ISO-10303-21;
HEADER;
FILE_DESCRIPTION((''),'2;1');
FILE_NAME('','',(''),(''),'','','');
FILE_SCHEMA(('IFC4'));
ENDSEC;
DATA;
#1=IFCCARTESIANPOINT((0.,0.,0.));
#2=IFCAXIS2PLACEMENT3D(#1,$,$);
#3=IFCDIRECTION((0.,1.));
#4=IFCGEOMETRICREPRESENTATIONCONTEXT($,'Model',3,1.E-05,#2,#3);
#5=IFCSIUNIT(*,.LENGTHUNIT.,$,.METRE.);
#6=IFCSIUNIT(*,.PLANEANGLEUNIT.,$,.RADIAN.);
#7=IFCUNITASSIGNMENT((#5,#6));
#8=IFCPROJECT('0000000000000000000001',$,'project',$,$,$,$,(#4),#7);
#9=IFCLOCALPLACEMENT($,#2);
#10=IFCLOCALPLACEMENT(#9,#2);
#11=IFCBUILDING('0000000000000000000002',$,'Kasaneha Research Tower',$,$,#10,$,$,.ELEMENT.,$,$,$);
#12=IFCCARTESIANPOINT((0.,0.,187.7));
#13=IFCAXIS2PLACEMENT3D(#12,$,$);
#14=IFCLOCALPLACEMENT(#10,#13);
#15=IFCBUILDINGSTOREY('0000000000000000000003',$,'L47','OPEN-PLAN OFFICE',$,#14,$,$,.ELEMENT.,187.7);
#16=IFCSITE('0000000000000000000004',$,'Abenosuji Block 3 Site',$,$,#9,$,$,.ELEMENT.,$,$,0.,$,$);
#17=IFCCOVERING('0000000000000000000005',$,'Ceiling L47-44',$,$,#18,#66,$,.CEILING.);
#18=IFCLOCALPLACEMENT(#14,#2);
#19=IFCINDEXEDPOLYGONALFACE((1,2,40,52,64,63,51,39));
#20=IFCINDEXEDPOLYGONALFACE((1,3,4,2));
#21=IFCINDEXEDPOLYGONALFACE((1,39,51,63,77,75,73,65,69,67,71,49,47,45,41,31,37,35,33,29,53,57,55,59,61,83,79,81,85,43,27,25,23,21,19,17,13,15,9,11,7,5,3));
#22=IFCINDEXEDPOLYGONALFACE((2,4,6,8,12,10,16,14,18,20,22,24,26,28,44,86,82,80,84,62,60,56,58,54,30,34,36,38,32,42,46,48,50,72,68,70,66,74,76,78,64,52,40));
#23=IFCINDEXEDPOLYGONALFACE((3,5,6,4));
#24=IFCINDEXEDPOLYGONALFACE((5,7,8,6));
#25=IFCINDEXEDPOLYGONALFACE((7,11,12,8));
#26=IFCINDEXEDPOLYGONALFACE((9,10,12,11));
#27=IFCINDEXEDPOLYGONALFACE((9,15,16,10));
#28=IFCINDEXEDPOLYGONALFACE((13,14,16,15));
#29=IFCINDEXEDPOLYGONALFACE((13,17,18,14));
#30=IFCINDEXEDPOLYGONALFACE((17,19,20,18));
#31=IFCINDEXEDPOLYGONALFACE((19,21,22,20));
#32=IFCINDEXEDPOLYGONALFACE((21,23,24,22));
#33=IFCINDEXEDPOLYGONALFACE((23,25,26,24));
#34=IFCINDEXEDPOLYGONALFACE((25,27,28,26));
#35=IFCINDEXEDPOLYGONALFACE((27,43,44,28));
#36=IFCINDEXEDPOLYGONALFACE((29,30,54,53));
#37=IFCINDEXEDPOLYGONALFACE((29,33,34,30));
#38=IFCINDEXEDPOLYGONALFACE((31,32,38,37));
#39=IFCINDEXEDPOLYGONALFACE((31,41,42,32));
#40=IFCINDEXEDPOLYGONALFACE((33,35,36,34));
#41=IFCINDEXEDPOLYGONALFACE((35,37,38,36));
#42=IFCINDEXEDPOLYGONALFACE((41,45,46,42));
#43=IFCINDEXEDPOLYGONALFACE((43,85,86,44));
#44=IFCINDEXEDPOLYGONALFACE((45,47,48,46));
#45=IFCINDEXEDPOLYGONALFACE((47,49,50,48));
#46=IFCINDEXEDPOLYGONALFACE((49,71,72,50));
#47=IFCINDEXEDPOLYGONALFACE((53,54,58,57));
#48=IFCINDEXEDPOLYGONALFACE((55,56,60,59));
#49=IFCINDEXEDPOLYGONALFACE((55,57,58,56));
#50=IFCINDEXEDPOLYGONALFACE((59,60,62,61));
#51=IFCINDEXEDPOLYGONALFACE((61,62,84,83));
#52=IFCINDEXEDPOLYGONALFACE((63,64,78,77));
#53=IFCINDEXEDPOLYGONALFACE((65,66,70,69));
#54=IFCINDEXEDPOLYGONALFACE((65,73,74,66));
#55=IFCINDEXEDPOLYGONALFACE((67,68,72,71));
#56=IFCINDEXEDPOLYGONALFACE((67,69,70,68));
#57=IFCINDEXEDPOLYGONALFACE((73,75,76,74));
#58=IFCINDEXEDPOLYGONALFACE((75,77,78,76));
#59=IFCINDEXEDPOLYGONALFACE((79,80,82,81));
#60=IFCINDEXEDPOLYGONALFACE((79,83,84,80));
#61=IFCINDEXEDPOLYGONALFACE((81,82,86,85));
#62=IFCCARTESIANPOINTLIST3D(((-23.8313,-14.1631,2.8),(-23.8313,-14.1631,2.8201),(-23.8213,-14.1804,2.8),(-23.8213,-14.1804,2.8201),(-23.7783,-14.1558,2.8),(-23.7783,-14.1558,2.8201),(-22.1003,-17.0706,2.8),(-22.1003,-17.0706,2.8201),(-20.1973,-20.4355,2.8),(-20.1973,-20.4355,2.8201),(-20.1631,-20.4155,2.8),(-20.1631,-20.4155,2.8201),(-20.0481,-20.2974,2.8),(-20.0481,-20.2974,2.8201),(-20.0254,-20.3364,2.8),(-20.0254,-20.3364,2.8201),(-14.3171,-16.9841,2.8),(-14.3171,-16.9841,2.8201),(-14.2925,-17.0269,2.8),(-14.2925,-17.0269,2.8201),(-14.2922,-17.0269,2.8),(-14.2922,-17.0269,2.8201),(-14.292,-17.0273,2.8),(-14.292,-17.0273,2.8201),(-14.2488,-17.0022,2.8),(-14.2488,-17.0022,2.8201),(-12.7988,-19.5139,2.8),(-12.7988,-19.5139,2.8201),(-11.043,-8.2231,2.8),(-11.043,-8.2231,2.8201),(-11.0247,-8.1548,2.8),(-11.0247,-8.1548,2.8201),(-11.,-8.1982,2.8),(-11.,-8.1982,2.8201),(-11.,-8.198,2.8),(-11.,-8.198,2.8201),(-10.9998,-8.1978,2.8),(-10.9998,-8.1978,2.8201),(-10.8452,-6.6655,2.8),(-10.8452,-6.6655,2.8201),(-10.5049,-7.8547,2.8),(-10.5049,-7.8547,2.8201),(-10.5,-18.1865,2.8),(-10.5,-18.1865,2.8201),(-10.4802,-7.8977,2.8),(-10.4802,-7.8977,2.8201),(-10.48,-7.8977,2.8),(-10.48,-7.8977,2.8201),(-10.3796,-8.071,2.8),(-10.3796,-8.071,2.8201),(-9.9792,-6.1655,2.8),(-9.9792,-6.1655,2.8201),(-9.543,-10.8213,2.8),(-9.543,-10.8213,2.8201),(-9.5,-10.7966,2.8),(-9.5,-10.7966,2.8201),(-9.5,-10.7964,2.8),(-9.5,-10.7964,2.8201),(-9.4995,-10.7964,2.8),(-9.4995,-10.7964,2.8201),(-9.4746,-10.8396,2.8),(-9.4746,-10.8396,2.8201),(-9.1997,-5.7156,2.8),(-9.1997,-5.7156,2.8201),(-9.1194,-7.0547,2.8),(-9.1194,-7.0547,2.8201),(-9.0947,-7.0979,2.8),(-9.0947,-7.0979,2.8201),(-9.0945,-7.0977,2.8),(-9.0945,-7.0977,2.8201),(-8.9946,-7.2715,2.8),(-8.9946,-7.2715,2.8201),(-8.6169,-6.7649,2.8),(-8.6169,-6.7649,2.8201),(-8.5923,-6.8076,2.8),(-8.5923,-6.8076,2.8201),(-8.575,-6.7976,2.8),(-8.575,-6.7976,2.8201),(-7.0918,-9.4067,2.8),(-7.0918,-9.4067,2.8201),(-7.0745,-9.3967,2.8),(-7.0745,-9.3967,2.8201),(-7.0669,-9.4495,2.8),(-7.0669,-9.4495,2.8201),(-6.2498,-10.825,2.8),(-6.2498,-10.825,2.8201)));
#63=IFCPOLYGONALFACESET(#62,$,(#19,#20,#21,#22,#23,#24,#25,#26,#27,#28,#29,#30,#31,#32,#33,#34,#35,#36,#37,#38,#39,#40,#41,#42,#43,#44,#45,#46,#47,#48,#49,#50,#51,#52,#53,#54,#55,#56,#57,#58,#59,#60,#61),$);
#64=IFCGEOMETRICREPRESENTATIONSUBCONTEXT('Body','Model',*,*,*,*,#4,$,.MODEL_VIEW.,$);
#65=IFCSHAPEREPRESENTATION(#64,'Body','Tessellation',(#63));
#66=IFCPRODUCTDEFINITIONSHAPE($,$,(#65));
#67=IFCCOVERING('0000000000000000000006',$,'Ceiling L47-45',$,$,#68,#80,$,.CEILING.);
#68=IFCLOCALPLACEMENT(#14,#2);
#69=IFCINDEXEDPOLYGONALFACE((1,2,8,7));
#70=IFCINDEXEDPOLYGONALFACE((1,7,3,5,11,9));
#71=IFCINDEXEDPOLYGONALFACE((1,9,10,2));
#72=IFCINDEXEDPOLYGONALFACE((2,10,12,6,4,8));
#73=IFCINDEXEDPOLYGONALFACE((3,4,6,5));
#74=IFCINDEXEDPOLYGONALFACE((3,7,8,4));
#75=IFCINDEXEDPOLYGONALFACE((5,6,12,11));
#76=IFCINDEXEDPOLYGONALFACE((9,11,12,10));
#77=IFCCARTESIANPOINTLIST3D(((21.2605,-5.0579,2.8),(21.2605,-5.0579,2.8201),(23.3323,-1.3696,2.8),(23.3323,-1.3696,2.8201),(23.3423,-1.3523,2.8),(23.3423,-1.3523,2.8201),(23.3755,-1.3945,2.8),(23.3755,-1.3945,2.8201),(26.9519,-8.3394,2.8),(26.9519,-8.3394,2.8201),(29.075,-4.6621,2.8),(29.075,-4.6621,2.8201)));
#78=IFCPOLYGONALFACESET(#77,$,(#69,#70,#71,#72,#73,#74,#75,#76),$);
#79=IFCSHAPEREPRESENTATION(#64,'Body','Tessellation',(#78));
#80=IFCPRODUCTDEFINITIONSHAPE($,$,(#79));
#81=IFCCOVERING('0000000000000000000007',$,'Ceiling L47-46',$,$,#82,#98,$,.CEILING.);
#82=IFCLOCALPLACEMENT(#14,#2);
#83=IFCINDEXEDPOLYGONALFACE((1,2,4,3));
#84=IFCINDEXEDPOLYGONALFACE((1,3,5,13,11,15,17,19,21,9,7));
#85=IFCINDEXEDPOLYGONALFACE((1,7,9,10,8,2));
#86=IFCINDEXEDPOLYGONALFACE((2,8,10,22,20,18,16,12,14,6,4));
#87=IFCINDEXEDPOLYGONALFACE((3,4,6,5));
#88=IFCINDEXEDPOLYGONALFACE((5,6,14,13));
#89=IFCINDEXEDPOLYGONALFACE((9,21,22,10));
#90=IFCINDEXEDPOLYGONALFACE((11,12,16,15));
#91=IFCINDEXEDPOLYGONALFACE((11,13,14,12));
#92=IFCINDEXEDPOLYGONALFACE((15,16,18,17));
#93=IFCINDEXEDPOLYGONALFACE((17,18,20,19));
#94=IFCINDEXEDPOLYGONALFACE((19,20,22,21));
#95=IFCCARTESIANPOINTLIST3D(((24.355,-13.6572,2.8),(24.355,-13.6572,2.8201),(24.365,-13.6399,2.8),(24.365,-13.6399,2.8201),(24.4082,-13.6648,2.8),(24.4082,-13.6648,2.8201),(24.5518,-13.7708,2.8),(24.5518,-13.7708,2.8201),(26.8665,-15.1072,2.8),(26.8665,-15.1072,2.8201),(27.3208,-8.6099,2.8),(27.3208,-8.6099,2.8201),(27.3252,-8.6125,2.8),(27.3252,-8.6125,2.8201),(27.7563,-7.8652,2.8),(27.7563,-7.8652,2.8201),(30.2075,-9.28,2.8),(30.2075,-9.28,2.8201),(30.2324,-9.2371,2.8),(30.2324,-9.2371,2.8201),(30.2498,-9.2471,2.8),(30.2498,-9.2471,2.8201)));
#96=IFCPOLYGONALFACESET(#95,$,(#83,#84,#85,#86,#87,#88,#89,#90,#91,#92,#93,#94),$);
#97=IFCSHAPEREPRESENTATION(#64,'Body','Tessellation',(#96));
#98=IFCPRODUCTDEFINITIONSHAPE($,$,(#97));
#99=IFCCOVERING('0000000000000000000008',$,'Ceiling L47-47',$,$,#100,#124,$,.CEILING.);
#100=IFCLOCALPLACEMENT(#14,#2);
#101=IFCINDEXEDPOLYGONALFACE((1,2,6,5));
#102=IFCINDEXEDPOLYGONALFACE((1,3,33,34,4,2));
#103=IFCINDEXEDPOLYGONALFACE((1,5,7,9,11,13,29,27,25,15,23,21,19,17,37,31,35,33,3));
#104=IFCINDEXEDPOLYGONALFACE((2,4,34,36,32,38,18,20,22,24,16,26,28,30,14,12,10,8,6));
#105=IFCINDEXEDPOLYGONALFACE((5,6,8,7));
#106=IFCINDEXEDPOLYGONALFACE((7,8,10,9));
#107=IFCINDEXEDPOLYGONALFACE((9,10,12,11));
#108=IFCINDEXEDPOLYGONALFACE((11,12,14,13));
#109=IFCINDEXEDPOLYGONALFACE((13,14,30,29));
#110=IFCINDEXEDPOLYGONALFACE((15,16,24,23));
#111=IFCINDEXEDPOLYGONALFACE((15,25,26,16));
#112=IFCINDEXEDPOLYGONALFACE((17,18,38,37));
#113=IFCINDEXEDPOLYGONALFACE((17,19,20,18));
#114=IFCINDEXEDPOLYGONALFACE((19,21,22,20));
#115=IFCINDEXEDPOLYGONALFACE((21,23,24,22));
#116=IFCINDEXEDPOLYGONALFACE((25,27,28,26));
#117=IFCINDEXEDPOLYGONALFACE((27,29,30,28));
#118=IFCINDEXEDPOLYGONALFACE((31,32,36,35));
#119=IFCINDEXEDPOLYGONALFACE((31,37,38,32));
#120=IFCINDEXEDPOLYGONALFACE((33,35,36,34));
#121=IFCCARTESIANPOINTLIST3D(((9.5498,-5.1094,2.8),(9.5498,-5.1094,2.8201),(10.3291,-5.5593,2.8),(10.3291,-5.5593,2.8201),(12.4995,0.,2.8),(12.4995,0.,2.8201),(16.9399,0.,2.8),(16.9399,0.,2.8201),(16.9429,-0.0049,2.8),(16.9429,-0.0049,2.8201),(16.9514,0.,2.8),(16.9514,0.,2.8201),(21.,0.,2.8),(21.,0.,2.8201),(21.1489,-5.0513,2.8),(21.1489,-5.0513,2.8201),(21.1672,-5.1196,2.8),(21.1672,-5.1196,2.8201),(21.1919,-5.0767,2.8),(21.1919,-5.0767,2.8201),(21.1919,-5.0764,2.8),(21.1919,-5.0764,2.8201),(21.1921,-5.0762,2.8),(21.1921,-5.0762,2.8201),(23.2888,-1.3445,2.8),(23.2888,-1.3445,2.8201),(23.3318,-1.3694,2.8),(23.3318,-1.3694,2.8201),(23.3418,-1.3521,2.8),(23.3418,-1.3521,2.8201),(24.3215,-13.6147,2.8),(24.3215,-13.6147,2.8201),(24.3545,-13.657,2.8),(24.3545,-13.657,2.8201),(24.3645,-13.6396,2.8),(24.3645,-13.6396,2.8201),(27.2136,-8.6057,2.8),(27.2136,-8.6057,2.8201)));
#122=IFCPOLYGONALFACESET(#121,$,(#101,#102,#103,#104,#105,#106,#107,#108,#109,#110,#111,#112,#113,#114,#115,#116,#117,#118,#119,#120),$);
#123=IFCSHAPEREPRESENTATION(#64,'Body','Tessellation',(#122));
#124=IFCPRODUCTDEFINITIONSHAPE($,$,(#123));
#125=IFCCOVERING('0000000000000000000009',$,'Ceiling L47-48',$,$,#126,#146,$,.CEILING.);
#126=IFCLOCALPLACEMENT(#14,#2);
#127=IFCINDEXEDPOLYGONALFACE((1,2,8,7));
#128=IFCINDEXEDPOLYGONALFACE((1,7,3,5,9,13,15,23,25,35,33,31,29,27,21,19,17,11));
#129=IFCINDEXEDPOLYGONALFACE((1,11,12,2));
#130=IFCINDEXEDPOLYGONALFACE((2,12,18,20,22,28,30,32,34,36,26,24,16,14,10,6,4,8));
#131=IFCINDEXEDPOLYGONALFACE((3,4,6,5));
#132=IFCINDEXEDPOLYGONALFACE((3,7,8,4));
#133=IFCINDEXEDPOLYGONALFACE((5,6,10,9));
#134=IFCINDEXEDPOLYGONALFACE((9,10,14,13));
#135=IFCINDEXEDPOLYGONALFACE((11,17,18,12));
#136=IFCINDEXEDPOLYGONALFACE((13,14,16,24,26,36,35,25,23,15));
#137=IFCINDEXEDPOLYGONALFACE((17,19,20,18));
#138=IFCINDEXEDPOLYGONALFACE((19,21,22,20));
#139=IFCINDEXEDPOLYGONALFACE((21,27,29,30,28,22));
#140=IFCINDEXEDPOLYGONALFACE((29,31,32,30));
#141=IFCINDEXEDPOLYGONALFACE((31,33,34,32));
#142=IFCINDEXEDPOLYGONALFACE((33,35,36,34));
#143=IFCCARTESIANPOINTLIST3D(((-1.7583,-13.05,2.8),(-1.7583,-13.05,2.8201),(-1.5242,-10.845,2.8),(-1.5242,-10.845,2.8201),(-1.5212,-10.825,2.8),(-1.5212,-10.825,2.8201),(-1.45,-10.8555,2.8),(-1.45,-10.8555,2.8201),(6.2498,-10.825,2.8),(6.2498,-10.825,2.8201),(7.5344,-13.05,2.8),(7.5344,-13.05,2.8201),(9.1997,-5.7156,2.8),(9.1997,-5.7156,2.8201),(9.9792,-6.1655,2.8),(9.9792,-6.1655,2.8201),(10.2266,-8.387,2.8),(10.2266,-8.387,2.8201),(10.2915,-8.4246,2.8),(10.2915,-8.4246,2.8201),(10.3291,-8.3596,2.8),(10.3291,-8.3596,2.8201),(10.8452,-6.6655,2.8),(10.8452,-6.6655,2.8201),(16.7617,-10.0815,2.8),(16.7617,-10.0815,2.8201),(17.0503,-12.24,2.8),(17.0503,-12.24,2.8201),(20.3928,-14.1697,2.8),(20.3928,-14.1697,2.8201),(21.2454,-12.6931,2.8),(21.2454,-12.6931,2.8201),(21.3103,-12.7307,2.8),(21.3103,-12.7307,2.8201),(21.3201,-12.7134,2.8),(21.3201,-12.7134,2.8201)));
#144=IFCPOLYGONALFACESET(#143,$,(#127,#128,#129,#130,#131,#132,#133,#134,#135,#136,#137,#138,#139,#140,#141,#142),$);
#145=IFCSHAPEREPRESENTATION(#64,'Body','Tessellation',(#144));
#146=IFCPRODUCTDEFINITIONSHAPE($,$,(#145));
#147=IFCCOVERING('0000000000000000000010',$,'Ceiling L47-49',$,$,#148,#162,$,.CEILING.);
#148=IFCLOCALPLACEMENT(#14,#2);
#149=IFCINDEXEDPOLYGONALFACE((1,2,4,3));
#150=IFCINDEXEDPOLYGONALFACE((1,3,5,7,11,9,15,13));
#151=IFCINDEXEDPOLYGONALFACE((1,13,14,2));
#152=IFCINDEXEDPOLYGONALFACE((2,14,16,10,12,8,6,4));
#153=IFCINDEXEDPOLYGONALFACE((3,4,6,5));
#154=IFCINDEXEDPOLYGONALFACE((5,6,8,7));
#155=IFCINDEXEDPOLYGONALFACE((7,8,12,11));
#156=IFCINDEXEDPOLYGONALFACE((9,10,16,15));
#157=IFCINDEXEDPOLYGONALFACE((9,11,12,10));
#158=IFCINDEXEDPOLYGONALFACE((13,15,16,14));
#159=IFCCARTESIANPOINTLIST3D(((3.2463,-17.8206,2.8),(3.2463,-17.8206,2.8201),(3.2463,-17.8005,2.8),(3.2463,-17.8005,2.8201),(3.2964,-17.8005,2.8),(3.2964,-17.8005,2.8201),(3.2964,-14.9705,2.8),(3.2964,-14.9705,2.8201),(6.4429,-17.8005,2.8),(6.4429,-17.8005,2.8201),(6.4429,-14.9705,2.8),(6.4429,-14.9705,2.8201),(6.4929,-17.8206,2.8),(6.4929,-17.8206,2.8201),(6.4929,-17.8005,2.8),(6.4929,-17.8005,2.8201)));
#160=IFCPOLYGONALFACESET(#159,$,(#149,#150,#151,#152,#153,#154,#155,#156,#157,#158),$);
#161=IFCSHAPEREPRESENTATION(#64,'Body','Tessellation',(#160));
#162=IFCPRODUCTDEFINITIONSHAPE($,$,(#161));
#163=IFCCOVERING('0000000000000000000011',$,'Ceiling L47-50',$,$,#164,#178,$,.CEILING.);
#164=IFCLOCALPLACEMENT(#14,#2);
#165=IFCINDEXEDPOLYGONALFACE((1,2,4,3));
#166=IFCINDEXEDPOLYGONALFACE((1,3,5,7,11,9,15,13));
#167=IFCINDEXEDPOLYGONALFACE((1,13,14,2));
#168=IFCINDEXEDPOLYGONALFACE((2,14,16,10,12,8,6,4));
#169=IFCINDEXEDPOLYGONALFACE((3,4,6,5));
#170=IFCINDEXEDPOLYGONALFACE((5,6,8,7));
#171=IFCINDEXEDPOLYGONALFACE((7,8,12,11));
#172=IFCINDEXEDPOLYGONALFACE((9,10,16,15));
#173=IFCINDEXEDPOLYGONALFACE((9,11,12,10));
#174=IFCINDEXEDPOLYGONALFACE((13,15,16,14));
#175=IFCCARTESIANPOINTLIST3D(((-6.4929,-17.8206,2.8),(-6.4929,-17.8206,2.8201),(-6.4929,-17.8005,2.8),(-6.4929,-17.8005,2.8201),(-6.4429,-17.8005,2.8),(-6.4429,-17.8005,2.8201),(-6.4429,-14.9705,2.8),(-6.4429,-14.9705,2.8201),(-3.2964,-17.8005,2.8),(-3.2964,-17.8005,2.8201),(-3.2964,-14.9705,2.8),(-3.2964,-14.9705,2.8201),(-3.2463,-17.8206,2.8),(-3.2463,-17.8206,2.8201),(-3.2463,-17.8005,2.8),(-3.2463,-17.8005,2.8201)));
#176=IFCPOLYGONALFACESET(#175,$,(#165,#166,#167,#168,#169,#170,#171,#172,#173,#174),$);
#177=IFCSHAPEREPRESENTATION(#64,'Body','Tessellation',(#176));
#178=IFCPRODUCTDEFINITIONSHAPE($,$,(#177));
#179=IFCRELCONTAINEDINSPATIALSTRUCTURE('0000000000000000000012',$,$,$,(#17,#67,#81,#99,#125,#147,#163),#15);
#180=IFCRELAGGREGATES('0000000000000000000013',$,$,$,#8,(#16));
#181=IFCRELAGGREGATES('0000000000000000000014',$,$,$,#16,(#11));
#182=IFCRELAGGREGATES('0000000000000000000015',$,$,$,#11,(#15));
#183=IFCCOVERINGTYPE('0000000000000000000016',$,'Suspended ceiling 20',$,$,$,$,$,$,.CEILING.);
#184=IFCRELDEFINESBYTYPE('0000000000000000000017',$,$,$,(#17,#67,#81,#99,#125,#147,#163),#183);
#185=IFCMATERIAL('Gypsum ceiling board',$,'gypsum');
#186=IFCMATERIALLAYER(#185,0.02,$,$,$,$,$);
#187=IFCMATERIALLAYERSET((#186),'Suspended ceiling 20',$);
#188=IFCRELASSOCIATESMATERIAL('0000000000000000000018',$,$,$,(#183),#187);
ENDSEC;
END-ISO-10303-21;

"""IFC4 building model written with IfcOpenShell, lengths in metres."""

from ifc_helpers import new_model, si_unit, direction, frame, origin, place, context, subcontext, project, spatial, polyline, outline, extrude, material, layer, layer_set, type_object, element, save


model = new_model("IFC4")

# Units and contexts
model_context = context("Model", 3, precision=1e-05, world=origin(), true_north=direction((0.0, 1.0)))
body_context = subcontext(model_context, "Body", "Model", "MODEL_VIEW")
ifc_project = project(units=[si_unit("LENGTHUNIT", "METRE"), si_unit("PLANEANGLEUNIT", "RADIAN")], contexts=[model_context])

# Site, building, storey
site_placement = place(None, origin())
site = spatial("IfcSite", under=ifc_project, at=site_placement, Name="Abenosuji Block 3 Site", CompositionType="ELEMENT", RefElevation=0.0)
building_placement = place(site_placement, origin())
building = spatial("IfcBuilding", under=site, at=building_placement, Name="Kasaneha Research Tower", CompositionType="ELEMENT")
storey_placement = place(building_placement, frame((0.0, 0.0, 187.7)))
storey = spatial("IfcBuildingStorey", under=building, at=storey_placement, Name="L47", Description="OPEN-PLAN OFFICE", CompositionType="ELEMENT", Elevation=187.7)

# Coverings
ifc_material_1 = material(Name="Gypsum ceiling board", Category="gypsum")
ifc_layer_1 = layer(ifc_material_1, 0.02)
ifc_layer_set_1 = layer_set([ifc_layer_1], Name="Suspended ceiling 20")
covering_type_1 = type_object("IfcCoveringType", Name="Suspended ceiling 20", PredefinedType="CEILING", material=ifc_layer_set_1)
covering_1_placement = place(storey_placement, frame((0.0, 0.0, 2.8)))
element("IfcCovering", 1, at=covering_1_placement, inside=storey, type_object=covering_type_1, Name="Ceiling L47-44", PredefinedType="CEILING", context=body_context, shape_type="SweptSolid", body=[
    extrude(outline(polyline([(-9.1997, -5.7156), (-8.575, -6.7976), (-8.5923, -6.8076), (-8.6169, -6.7649), (-9.1194, -7.0547), (-9.0945, -7.0977), (-9.0947, -7.0979), (-8.9946, -7.2715), (-10.3796, -8.071), (-10.48, -7.8977), (-10.4802, -7.8977), (-10.5049, -7.8547), (-11.0247, -8.1548), (-10.9998, -8.1978), (-11.0, -8.198), (-11.0, -8.1982), (-11.043, -8.2231), (-9.543, -10.8213), (-9.5, -10.7964), (-9.5, -10.7966), (-9.4995, -10.7964), (-9.4746, -10.8396), (-7.0669, -9.4495), (-7.0918, -9.4067), (-7.0745, -9.3967), (-6.2498, -10.825), (-10.5, -18.1865), (-12.7988, -19.5139), (-14.2488, -17.0022), (-14.292, -17.0273), (-14.2922, -17.0269), (-14.2925, -17.0269), (-14.3171, -16.9841), (-20.0481, -20.2974), (-20.0254, -20.3364), (-20.1973, -20.4355), (-20.1631, -20.4155), (-22.1003, -17.0706), (-23.7783, -14.1558), (-23.8213, -14.1804), (-23.8313, -14.1631), (-10.8452, -6.6655), (-10.8452, -6.6655), (-9.9792, -6.1655), (-9.9792, -6.1655), (-9.1997, -5.7156)])), origin(), (0.0, 0.0, 1.0), 0.02),
])
covering_2_placement = place(storey_placement, frame((0.0, 0.0, 2.8)))
element("IfcCovering", 2, at=covering_2_placement, inside=storey, type_object=covering_type_1, Name="Ceiling L47-45", PredefinedType="CEILING", context=body_context, shape_type="SweptSolid", body=[
    extrude(outline(polyline([(26.9519, -8.3394), (21.2605, -5.0579), (23.3755, -1.3945), (23.3323, -1.3696), (23.3423, -1.3523), (29.075, -4.6621), (26.9519, -8.3394)])), origin(), (0.0, 0.0, 1.0), 0.02),
])
covering_3_placement = place(storey_placement, frame((0.0, 0.0, 2.8)))
element("IfcCovering", 3, at=covering_3_placement, inside=storey, type_object=covering_type_1, Name="Ceiling L47-46", PredefinedType="CEILING", context=body_context, shape_type="SweptSolid", body=[
    extrude(outline(polyline([(24.5518, -13.7708), (24.355, -13.6572), (24.365, -13.6399), (24.4082, -13.6648), (27.3252, -8.6125), (27.3208, -8.6099), (27.7563, -7.8652), (30.2075, -9.28), (30.2324, -9.2371), (30.2498, -9.2471), (26.8665, -15.1072), (24.5518, -13.7708)])), origin(), (0.0, 0.0, 1.0), 0.02),
])
covering_4_placement = place(storey_placement, frame((0.0, 0.0, 2.8)))
element("IfcCovering", 4, at=covering_4_placement, inside=storey, type_object=covering_type_1, Name="Ceiling L47-47", PredefinedType="CEILING", context=body_context, shape_type="SweptSolid", body=[
    extrude(outline(polyline([(9.5498, -5.1094), (12.4995, 0.0), (16.9399, 0.0), (16.9429, -0.0049), (16.9514, 0.0), (21.0, 0.0), (23.3418, -1.3521), (23.3318, -1.3694), (23.2888, -1.3445), (21.1489, -5.0513), (21.1921, -5.0762), (21.1919, -5.0764), (21.1919, -5.0767), (21.1672, -5.1196), (27.2136, -8.6057), (24.3215, -13.6147), (24.3645, -13.6396), (24.3545, -13.657), (10.3291, -5.5593), (10.3291, -5.5593), (9.5498, -5.1094)])), origin(), (0.0, 0.0, 1.0), 0.02),
])
covering_5_placement = place(storey_placement, frame((0.0, 0.0, 2.8)))
element("IfcCovering", 5, at=covering_5_placement, inside=storey, type_object=covering_type_1, Name="Ceiling L47-48", PredefinedType="CEILING", context=body_context, shape_type="SweptSolid", body=[
    extrude(outline(polyline([(10.2915, -8.4246), (10.2266, -8.387), (7.5344, -13.05), (-1.7583, -13.05), (-1.45, -10.8555), (-1.5242, -10.845), (-1.5212, -10.825), (6.2498, -10.825), (9.1997, -5.7156), (9.9792, -6.1655), (9.9792, -6.1655), (10.8452, -6.6655), (10.8452, -6.6655), (16.7617, -10.0815), (21.3201, -12.7134), (21.3103, -12.7307), (21.2454, -12.6931), (20.3928, -14.1697), (17.0503, -12.24), (17.0503, -12.24), (10.3291, -8.3596), (10.2915, -8.4246), (10.2915, -8.4246), (10.2915, -8.4246)])), origin(), (0.0, 0.0, 1.0), 0.02),
])
covering_6_placement = place(storey_placement, frame((0.0, 0.0, 2.8)))
element("IfcCovering", 6, at=covering_6_placement, inside=storey, type_object=covering_type_1, Name="Ceiling L47-49", PredefinedType="CEILING", context=body_context, shape_type="SweptSolid", body=[
    extrude(outline(polyline([(3.2463, -17.8206), (3.2463, -17.8005), (3.2964, -17.8005), (3.2964, -14.9705), (6.4429, -14.9705), (6.4429, -17.8005), (6.4929, -17.8005), (6.4929, -17.8206), (3.2463, -17.8206)])), origin(), (0.0, 0.0, 1.0), 0.02),
])
covering_7_placement = place(storey_placement, frame((0.0, 0.0, 2.8)))
element("IfcCovering", 7, at=covering_7_placement, inside=storey, type_object=covering_type_1, Name="Ceiling L47-50", PredefinedType="CEILING", context=body_context, shape_type="SweptSolid", body=[
    extrude(outline(polyline([(-6.4929, -17.8206), (-6.4929, -17.8005), (-6.4429, -17.8005), (-6.4429, -14.9705), (-3.2964, -14.9705), (-3.2964, -17.8005), (-3.2463, -17.8005), (-3.2463, -17.8206), (-6.4929, -17.8206)])), origin(), (0.0, 0.0, 1.0), 0.02),
])

save(model, "model.ifc")
